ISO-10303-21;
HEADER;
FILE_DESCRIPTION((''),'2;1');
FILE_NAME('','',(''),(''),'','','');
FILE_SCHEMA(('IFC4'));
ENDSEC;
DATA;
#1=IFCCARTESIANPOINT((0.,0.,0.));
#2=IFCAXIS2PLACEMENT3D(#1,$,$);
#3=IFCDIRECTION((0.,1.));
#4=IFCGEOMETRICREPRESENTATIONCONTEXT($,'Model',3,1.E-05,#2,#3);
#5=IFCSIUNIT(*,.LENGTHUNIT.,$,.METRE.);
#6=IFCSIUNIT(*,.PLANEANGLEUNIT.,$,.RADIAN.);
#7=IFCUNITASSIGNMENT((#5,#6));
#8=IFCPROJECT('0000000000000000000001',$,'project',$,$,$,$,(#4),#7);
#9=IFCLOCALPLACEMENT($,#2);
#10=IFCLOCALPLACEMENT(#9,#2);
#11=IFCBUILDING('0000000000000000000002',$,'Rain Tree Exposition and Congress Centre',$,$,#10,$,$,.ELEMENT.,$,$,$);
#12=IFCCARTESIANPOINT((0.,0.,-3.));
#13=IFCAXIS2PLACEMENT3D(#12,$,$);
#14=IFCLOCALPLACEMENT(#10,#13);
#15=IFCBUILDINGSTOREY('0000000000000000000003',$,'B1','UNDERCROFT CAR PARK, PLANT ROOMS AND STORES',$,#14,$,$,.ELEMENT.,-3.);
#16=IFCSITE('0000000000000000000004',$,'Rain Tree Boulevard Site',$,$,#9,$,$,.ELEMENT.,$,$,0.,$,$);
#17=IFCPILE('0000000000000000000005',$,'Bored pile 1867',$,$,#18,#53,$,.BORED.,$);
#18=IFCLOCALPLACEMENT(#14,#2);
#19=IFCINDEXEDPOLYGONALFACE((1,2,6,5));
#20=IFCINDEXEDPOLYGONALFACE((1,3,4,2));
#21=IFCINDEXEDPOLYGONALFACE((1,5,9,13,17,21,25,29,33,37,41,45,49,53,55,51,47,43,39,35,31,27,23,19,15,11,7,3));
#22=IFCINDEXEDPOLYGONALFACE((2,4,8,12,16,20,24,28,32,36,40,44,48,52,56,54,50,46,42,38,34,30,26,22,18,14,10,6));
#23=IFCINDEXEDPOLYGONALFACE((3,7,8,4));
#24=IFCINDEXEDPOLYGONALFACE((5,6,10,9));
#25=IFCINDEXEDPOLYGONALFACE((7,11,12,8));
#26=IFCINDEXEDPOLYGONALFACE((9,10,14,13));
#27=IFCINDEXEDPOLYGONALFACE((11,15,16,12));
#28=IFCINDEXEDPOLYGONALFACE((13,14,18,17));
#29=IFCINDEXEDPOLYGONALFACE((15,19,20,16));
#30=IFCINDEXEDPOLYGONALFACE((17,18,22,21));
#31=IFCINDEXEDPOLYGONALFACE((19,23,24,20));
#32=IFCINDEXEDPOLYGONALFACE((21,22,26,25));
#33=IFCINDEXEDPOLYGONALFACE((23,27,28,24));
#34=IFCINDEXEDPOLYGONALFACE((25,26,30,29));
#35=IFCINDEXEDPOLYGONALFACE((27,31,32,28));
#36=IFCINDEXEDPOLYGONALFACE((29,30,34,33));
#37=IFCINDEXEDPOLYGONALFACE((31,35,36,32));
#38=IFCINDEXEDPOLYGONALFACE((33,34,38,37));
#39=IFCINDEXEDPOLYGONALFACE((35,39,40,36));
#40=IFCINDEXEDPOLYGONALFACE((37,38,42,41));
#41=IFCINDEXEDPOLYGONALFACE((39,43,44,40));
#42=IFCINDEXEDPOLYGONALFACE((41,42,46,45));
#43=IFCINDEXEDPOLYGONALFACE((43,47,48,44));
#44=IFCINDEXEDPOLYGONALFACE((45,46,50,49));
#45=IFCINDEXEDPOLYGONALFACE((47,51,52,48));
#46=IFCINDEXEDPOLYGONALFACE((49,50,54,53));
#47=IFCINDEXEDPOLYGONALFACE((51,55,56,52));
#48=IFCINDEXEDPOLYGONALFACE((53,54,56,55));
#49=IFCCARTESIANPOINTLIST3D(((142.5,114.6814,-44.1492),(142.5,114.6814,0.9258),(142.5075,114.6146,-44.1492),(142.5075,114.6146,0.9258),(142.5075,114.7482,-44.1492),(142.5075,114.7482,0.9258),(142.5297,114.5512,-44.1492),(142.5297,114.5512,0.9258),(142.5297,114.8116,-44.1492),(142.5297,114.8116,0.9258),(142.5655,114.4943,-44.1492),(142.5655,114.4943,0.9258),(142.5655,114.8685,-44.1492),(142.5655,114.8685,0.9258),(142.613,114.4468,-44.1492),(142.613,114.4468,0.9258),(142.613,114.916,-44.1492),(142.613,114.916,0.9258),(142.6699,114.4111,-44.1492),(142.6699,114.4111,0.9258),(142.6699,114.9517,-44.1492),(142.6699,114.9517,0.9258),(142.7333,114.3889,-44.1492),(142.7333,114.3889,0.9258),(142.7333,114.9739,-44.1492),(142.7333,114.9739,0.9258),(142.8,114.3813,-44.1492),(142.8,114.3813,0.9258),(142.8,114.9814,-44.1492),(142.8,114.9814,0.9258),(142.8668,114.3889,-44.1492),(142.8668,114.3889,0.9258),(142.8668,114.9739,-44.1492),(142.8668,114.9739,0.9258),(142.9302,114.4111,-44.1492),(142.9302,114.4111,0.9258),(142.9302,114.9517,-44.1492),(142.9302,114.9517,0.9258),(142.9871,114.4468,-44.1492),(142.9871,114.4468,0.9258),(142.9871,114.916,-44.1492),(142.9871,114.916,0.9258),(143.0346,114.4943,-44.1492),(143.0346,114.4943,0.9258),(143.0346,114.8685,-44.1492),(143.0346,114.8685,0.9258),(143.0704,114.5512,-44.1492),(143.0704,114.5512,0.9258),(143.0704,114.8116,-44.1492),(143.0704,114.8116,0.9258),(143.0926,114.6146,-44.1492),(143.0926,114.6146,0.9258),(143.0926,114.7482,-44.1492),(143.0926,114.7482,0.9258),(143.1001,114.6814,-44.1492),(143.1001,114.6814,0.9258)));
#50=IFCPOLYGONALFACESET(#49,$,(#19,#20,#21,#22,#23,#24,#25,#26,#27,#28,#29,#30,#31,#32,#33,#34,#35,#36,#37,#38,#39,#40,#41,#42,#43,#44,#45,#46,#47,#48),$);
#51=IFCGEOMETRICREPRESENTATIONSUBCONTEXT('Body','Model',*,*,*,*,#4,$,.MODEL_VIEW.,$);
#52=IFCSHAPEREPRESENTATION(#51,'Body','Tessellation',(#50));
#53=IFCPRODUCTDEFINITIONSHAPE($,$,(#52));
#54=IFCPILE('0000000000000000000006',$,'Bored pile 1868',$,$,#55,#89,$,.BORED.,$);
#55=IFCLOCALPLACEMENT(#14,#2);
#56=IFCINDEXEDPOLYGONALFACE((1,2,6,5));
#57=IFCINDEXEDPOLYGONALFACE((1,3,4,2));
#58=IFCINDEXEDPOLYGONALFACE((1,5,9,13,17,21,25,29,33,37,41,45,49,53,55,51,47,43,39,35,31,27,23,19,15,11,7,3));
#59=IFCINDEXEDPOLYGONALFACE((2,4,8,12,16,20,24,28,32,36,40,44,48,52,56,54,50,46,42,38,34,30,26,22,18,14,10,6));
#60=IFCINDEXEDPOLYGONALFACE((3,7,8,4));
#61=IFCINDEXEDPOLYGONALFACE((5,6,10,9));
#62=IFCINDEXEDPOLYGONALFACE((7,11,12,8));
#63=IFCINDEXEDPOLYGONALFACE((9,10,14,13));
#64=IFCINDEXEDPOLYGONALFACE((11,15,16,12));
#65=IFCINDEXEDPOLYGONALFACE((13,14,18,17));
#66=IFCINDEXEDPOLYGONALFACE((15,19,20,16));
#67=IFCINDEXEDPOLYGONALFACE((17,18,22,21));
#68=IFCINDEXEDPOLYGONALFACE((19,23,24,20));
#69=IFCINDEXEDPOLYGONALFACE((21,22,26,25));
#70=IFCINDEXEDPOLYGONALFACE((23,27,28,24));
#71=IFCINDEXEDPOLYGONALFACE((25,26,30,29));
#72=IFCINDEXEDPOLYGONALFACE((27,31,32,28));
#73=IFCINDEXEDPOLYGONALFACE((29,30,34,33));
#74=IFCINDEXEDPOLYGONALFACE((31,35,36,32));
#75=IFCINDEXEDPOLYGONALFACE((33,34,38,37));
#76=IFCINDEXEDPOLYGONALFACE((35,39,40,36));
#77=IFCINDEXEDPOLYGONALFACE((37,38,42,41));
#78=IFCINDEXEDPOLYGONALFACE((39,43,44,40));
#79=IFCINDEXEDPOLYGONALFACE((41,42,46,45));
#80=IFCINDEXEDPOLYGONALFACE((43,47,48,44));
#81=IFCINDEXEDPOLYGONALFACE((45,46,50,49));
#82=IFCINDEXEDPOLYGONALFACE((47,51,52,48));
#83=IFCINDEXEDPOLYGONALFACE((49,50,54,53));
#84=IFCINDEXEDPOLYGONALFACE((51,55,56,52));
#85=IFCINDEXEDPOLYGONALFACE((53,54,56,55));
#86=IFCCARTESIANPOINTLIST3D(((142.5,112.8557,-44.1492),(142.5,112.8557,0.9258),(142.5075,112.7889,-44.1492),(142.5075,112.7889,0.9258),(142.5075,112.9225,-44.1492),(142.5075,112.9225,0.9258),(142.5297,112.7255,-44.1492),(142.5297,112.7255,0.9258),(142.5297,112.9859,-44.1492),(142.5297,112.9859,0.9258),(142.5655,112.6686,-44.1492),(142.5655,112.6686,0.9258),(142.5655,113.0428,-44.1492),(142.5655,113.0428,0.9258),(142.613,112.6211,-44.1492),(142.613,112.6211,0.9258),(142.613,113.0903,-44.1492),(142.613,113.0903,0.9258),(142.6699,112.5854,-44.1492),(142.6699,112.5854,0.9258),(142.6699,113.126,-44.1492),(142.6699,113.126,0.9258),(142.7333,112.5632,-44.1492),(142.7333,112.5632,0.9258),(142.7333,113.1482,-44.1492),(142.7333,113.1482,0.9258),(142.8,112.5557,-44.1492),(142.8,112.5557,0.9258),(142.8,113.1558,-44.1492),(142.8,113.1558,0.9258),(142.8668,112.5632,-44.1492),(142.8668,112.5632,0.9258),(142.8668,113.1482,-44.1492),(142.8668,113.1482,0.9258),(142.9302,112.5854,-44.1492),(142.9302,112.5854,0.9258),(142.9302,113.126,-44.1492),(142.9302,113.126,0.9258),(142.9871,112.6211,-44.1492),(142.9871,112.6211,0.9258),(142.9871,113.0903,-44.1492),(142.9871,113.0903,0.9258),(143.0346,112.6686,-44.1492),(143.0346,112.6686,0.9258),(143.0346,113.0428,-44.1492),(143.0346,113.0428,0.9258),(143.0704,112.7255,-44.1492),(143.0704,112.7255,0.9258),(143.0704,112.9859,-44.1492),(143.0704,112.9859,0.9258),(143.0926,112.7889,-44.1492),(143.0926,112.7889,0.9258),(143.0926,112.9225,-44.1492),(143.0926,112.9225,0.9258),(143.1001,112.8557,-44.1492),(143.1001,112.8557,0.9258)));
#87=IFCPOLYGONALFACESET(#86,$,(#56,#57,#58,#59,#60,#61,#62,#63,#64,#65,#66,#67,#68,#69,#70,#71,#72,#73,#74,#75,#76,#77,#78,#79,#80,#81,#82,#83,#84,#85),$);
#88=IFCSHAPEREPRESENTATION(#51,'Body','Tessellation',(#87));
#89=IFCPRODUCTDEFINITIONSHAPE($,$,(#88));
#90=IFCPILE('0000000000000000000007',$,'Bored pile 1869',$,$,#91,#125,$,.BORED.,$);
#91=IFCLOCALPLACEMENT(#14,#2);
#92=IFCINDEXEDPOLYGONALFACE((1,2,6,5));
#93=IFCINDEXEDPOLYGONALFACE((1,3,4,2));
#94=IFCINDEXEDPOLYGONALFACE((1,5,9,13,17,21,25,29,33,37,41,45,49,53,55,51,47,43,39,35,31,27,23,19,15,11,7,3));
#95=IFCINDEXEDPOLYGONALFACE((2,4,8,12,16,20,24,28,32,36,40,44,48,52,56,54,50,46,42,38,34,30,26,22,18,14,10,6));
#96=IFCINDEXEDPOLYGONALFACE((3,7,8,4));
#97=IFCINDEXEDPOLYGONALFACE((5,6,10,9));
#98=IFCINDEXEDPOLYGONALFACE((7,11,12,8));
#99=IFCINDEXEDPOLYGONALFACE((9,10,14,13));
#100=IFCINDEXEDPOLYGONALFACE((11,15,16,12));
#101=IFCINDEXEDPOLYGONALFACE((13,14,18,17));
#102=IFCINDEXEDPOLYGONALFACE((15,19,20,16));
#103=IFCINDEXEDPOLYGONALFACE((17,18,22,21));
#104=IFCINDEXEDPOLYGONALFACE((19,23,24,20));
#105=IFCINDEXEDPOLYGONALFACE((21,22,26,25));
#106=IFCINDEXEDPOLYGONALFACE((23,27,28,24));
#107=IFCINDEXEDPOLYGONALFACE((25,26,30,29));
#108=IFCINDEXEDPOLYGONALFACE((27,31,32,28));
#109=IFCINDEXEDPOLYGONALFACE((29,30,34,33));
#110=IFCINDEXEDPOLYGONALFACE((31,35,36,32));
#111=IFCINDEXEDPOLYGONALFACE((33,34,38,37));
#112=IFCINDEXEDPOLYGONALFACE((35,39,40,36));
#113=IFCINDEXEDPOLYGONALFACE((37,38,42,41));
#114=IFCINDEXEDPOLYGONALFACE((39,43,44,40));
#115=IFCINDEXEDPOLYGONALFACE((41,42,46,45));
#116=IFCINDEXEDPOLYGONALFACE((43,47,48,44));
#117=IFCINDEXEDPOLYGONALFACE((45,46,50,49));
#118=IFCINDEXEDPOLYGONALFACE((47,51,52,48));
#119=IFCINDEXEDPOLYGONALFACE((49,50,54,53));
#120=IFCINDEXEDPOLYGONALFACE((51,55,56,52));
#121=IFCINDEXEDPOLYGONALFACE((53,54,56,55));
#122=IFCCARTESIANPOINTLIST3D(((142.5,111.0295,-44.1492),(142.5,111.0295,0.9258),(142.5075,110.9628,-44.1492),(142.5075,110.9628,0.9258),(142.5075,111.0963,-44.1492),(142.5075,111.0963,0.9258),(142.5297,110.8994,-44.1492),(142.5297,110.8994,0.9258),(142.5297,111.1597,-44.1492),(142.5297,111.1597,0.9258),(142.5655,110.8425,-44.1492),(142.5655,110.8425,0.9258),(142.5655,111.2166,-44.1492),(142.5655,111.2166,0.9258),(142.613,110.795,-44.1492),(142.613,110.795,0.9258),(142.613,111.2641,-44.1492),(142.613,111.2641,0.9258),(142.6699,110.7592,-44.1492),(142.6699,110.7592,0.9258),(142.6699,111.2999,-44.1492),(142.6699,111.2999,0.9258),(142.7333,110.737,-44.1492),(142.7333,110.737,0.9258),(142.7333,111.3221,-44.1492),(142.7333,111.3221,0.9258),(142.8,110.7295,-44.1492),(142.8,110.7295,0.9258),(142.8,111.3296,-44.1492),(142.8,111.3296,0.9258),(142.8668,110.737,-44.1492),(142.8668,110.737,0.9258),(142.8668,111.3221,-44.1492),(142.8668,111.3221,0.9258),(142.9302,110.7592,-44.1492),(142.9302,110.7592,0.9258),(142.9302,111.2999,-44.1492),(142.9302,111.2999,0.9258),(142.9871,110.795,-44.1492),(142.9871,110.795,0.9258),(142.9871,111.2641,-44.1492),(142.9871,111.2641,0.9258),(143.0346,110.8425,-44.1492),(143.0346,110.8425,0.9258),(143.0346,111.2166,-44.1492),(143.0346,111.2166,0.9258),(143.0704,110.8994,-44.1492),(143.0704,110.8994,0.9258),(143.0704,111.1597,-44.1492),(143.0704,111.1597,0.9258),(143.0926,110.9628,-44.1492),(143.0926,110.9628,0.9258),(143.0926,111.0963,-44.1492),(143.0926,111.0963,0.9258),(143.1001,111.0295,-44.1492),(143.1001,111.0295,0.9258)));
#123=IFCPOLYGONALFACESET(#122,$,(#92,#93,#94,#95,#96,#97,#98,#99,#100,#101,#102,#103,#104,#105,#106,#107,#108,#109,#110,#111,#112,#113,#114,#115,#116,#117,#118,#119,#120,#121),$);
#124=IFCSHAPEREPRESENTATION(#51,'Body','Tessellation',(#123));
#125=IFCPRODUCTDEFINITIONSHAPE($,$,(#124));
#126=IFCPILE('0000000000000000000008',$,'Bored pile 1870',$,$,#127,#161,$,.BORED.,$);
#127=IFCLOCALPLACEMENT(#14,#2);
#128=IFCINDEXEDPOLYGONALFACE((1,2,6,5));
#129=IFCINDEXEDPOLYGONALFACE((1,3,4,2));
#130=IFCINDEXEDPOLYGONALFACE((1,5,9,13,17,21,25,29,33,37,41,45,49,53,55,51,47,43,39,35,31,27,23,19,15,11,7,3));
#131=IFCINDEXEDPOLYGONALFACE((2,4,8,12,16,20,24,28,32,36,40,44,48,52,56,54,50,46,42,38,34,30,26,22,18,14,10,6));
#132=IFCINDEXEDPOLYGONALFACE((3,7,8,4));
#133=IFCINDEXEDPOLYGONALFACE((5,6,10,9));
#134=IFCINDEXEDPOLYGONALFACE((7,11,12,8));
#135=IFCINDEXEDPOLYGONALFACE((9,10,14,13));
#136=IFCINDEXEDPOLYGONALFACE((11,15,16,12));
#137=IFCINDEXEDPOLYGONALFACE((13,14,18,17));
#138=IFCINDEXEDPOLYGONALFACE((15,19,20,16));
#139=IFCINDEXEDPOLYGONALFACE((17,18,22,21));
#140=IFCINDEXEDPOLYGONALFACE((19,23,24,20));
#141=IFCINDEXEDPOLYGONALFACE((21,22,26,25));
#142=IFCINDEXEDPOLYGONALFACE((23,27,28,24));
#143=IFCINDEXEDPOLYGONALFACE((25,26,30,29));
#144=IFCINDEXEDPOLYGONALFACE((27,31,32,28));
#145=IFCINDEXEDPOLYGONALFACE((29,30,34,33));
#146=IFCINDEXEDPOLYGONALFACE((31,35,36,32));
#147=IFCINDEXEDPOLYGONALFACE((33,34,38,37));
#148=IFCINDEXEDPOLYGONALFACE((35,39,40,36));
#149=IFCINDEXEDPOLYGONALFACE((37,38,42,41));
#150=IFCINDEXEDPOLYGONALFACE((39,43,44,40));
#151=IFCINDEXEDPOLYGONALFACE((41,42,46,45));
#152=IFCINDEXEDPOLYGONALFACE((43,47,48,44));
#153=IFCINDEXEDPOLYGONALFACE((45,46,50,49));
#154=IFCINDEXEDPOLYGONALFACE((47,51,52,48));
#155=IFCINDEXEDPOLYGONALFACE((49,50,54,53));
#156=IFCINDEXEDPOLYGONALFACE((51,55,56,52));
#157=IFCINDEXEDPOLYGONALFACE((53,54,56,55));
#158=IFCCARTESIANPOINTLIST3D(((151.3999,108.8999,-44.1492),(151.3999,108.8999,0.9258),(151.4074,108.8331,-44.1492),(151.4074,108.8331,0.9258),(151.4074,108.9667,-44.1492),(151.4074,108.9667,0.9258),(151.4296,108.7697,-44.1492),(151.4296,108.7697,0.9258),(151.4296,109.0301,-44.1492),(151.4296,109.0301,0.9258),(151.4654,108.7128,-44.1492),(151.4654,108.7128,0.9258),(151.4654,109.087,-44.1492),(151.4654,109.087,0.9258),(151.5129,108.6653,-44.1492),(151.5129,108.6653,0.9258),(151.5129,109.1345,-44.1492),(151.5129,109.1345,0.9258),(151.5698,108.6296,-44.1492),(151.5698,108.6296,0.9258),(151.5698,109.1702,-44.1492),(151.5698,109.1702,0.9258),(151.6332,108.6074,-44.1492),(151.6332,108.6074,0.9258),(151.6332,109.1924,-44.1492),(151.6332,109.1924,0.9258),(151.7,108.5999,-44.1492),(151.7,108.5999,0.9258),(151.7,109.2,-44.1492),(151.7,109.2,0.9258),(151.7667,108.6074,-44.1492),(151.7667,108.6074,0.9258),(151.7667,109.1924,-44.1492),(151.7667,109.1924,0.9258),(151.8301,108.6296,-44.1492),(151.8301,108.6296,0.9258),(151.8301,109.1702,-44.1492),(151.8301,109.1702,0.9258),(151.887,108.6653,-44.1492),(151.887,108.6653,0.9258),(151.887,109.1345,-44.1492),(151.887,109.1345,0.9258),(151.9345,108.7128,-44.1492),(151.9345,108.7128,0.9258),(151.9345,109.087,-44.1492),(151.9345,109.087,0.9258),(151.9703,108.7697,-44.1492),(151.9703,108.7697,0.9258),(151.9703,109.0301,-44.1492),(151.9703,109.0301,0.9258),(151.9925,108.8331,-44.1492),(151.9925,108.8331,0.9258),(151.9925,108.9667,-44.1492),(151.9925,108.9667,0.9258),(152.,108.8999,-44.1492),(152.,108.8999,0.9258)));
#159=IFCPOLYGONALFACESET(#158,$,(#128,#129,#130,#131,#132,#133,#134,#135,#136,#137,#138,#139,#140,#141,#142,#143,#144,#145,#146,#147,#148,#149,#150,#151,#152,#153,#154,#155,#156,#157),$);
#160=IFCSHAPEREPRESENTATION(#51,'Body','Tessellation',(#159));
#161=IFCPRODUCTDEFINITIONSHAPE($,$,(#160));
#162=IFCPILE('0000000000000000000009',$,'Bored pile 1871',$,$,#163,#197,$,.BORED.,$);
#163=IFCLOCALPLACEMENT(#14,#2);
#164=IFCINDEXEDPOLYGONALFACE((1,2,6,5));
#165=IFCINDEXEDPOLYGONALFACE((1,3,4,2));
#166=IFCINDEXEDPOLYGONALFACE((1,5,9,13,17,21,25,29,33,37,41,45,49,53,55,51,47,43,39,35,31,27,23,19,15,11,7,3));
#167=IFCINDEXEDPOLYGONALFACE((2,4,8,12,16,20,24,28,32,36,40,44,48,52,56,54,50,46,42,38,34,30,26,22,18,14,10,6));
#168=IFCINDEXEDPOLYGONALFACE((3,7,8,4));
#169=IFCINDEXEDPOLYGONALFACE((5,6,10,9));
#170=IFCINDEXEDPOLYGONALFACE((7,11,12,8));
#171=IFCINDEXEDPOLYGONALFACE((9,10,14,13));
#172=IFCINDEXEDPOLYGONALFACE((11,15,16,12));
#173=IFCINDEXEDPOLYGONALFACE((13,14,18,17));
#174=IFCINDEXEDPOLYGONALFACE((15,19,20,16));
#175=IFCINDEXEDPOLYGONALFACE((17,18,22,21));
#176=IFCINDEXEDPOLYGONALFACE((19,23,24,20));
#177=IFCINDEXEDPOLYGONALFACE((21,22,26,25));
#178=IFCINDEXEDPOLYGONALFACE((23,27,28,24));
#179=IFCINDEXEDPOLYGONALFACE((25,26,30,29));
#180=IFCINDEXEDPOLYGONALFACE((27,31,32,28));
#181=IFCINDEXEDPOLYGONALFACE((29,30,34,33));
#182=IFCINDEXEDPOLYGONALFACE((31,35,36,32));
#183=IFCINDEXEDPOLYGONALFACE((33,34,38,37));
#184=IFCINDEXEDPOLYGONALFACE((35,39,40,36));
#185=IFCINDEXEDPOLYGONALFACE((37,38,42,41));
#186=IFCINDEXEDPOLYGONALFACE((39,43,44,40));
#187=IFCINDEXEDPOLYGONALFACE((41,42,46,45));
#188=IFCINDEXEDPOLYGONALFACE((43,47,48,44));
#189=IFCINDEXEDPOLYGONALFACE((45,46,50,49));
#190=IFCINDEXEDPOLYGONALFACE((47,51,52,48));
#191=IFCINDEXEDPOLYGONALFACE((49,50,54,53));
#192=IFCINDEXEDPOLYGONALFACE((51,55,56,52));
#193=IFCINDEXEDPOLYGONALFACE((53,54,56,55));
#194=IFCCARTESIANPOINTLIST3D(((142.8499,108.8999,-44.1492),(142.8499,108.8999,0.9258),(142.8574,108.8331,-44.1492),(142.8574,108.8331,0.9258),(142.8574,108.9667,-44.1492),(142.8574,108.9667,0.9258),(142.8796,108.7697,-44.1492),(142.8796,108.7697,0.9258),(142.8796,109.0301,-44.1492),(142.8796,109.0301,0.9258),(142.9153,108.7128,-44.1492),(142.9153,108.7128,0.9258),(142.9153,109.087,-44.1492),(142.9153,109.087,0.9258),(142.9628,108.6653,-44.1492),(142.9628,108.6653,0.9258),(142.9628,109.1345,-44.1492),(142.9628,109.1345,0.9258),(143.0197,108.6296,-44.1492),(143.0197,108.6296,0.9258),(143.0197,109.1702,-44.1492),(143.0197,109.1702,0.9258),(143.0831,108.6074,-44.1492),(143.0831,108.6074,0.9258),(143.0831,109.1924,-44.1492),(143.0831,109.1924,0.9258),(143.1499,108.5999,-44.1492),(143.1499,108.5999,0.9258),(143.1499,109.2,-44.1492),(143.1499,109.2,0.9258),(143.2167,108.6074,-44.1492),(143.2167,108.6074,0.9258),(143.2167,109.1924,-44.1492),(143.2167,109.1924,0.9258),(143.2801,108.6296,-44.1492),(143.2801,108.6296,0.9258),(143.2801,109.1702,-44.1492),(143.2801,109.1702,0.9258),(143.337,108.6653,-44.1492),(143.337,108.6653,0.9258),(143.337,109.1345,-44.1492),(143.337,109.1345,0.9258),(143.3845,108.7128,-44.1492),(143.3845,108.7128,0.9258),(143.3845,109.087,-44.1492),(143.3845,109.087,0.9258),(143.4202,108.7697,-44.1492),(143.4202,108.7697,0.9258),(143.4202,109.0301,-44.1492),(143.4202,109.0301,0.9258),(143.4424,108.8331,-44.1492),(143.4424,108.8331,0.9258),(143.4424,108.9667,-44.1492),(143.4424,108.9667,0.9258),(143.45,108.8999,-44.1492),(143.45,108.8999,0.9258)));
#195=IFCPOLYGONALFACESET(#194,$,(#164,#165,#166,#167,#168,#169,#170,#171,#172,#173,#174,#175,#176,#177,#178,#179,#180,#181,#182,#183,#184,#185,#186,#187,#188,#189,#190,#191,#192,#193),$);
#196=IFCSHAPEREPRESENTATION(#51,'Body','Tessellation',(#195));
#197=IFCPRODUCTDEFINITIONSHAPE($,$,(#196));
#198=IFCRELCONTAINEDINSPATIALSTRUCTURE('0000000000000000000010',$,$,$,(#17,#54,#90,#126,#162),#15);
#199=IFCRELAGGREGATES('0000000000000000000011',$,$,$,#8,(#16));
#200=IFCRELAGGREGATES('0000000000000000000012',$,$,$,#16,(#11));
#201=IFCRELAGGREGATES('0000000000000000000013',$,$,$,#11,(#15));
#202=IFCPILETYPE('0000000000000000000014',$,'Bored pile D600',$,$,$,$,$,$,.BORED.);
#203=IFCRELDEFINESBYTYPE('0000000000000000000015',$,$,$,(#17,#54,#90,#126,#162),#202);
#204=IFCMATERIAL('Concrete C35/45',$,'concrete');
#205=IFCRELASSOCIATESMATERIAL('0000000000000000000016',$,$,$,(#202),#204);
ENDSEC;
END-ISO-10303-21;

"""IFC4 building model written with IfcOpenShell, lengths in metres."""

from ifc_helpers import new_model, si_unit, direction, frame, origin, origin_2d, place, context, subcontext, project, spatial, circle, extrude, material, material_profile, profile_set, type_object, element, save


model = new_model("IFC4")

# Units and contexts
model_context = context("Model", 3, precision=1e-05, world=origin(), true_north=direction((0.0, 1.0)))
body_context = subcontext(model_context, "Body", "Model", "MODEL_VIEW")
ifc_project = project(units=[si_unit("LENGTHUNIT", "METRE"), si_unit("PLANEANGLEUNIT", "RADIAN")], contexts=[model_context])

# Site, building, storey
site_placement = place(None, origin())
site = spatial("IfcSite", under=ifc_project, at=site_placement, Name="Rain Tree Boulevard Site", CompositionType="ELEMENT", RefElevation=0.0)
building_placement = place(site_placement, origin())
building = spatial("IfcBuilding", under=site, at=building_placement, Name="Rain Tree Exposition and Congress Centre", CompositionType="ELEMENT")
storey_placement = place(building_placement, frame((0.0, 0.0, -3.0)))
storey = spatial("IfcBuildingStorey", under=building, at=storey_placement, Name="B1", Description="UNDERCROFT CAR PARK, PLANT ROOMS AND STORES", CompositionType="ELEMENT", Elevation=-3.0)

# Piles
ifc_material_1 = material(Name="Concrete C35/45", Category="concrete")
ifc_material_profile_1 = material_profile(ifc_material_1, circle(Radius=0.3, at=origin_2d()), Name="D600")
ifc_profile_set_1 = profile_set([ifc_material_profile_1], Name="Concrete C35/45")
pile_type_1 = type_object("IfcPileType", Name="Bored pile D600", PredefinedType="BORED", material=ifc_profile_set_1)
for number, where, z_axis, x_axis, name in (
    (1, (142.8, 114.6814, 0.9258), (0.0, 0.0, -1.0), (1.0, 0.0, 0.0), "Bored pile 1867"),
    (2, (142.8, 112.8557, 0.9258), (0.0, 0.0, -1.0), (1.0, 0.0, 0.0), "Bored pile 1868"),
    (3, (142.8, 111.0295, 0.9258), (0.0, 0.0, -1.0), (1.0, 0.0, 0.0), "Bored pile 1869"),
    (4, (151.7, 108.8999, 0.9258), (0.0, 0.0, -1.0), (1.0, 0.0, 0.0), "Bored pile 1870"),
    (5, (143.1499, 108.8999, 0.9258), (0.0, 0.0, -1.0), (1.0, 0.0, 0.0), "Bored pile 1871"),
):
    element("IfcPile", number, at=place(storey_placement, frame(where, z_axis=z_axis, x_axis=x_axis)), inside=storey, type_object=pile_type_1, Name=name, PredefinedType="BORED", context=body_context, shape_type="SweptSolid", body=[
        extrude(circle(Radius=0.3, at=origin_2d()), origin(), (0.0, 0.0, 1.0), 45.075),
    ])

save(model, "model.ifc")
